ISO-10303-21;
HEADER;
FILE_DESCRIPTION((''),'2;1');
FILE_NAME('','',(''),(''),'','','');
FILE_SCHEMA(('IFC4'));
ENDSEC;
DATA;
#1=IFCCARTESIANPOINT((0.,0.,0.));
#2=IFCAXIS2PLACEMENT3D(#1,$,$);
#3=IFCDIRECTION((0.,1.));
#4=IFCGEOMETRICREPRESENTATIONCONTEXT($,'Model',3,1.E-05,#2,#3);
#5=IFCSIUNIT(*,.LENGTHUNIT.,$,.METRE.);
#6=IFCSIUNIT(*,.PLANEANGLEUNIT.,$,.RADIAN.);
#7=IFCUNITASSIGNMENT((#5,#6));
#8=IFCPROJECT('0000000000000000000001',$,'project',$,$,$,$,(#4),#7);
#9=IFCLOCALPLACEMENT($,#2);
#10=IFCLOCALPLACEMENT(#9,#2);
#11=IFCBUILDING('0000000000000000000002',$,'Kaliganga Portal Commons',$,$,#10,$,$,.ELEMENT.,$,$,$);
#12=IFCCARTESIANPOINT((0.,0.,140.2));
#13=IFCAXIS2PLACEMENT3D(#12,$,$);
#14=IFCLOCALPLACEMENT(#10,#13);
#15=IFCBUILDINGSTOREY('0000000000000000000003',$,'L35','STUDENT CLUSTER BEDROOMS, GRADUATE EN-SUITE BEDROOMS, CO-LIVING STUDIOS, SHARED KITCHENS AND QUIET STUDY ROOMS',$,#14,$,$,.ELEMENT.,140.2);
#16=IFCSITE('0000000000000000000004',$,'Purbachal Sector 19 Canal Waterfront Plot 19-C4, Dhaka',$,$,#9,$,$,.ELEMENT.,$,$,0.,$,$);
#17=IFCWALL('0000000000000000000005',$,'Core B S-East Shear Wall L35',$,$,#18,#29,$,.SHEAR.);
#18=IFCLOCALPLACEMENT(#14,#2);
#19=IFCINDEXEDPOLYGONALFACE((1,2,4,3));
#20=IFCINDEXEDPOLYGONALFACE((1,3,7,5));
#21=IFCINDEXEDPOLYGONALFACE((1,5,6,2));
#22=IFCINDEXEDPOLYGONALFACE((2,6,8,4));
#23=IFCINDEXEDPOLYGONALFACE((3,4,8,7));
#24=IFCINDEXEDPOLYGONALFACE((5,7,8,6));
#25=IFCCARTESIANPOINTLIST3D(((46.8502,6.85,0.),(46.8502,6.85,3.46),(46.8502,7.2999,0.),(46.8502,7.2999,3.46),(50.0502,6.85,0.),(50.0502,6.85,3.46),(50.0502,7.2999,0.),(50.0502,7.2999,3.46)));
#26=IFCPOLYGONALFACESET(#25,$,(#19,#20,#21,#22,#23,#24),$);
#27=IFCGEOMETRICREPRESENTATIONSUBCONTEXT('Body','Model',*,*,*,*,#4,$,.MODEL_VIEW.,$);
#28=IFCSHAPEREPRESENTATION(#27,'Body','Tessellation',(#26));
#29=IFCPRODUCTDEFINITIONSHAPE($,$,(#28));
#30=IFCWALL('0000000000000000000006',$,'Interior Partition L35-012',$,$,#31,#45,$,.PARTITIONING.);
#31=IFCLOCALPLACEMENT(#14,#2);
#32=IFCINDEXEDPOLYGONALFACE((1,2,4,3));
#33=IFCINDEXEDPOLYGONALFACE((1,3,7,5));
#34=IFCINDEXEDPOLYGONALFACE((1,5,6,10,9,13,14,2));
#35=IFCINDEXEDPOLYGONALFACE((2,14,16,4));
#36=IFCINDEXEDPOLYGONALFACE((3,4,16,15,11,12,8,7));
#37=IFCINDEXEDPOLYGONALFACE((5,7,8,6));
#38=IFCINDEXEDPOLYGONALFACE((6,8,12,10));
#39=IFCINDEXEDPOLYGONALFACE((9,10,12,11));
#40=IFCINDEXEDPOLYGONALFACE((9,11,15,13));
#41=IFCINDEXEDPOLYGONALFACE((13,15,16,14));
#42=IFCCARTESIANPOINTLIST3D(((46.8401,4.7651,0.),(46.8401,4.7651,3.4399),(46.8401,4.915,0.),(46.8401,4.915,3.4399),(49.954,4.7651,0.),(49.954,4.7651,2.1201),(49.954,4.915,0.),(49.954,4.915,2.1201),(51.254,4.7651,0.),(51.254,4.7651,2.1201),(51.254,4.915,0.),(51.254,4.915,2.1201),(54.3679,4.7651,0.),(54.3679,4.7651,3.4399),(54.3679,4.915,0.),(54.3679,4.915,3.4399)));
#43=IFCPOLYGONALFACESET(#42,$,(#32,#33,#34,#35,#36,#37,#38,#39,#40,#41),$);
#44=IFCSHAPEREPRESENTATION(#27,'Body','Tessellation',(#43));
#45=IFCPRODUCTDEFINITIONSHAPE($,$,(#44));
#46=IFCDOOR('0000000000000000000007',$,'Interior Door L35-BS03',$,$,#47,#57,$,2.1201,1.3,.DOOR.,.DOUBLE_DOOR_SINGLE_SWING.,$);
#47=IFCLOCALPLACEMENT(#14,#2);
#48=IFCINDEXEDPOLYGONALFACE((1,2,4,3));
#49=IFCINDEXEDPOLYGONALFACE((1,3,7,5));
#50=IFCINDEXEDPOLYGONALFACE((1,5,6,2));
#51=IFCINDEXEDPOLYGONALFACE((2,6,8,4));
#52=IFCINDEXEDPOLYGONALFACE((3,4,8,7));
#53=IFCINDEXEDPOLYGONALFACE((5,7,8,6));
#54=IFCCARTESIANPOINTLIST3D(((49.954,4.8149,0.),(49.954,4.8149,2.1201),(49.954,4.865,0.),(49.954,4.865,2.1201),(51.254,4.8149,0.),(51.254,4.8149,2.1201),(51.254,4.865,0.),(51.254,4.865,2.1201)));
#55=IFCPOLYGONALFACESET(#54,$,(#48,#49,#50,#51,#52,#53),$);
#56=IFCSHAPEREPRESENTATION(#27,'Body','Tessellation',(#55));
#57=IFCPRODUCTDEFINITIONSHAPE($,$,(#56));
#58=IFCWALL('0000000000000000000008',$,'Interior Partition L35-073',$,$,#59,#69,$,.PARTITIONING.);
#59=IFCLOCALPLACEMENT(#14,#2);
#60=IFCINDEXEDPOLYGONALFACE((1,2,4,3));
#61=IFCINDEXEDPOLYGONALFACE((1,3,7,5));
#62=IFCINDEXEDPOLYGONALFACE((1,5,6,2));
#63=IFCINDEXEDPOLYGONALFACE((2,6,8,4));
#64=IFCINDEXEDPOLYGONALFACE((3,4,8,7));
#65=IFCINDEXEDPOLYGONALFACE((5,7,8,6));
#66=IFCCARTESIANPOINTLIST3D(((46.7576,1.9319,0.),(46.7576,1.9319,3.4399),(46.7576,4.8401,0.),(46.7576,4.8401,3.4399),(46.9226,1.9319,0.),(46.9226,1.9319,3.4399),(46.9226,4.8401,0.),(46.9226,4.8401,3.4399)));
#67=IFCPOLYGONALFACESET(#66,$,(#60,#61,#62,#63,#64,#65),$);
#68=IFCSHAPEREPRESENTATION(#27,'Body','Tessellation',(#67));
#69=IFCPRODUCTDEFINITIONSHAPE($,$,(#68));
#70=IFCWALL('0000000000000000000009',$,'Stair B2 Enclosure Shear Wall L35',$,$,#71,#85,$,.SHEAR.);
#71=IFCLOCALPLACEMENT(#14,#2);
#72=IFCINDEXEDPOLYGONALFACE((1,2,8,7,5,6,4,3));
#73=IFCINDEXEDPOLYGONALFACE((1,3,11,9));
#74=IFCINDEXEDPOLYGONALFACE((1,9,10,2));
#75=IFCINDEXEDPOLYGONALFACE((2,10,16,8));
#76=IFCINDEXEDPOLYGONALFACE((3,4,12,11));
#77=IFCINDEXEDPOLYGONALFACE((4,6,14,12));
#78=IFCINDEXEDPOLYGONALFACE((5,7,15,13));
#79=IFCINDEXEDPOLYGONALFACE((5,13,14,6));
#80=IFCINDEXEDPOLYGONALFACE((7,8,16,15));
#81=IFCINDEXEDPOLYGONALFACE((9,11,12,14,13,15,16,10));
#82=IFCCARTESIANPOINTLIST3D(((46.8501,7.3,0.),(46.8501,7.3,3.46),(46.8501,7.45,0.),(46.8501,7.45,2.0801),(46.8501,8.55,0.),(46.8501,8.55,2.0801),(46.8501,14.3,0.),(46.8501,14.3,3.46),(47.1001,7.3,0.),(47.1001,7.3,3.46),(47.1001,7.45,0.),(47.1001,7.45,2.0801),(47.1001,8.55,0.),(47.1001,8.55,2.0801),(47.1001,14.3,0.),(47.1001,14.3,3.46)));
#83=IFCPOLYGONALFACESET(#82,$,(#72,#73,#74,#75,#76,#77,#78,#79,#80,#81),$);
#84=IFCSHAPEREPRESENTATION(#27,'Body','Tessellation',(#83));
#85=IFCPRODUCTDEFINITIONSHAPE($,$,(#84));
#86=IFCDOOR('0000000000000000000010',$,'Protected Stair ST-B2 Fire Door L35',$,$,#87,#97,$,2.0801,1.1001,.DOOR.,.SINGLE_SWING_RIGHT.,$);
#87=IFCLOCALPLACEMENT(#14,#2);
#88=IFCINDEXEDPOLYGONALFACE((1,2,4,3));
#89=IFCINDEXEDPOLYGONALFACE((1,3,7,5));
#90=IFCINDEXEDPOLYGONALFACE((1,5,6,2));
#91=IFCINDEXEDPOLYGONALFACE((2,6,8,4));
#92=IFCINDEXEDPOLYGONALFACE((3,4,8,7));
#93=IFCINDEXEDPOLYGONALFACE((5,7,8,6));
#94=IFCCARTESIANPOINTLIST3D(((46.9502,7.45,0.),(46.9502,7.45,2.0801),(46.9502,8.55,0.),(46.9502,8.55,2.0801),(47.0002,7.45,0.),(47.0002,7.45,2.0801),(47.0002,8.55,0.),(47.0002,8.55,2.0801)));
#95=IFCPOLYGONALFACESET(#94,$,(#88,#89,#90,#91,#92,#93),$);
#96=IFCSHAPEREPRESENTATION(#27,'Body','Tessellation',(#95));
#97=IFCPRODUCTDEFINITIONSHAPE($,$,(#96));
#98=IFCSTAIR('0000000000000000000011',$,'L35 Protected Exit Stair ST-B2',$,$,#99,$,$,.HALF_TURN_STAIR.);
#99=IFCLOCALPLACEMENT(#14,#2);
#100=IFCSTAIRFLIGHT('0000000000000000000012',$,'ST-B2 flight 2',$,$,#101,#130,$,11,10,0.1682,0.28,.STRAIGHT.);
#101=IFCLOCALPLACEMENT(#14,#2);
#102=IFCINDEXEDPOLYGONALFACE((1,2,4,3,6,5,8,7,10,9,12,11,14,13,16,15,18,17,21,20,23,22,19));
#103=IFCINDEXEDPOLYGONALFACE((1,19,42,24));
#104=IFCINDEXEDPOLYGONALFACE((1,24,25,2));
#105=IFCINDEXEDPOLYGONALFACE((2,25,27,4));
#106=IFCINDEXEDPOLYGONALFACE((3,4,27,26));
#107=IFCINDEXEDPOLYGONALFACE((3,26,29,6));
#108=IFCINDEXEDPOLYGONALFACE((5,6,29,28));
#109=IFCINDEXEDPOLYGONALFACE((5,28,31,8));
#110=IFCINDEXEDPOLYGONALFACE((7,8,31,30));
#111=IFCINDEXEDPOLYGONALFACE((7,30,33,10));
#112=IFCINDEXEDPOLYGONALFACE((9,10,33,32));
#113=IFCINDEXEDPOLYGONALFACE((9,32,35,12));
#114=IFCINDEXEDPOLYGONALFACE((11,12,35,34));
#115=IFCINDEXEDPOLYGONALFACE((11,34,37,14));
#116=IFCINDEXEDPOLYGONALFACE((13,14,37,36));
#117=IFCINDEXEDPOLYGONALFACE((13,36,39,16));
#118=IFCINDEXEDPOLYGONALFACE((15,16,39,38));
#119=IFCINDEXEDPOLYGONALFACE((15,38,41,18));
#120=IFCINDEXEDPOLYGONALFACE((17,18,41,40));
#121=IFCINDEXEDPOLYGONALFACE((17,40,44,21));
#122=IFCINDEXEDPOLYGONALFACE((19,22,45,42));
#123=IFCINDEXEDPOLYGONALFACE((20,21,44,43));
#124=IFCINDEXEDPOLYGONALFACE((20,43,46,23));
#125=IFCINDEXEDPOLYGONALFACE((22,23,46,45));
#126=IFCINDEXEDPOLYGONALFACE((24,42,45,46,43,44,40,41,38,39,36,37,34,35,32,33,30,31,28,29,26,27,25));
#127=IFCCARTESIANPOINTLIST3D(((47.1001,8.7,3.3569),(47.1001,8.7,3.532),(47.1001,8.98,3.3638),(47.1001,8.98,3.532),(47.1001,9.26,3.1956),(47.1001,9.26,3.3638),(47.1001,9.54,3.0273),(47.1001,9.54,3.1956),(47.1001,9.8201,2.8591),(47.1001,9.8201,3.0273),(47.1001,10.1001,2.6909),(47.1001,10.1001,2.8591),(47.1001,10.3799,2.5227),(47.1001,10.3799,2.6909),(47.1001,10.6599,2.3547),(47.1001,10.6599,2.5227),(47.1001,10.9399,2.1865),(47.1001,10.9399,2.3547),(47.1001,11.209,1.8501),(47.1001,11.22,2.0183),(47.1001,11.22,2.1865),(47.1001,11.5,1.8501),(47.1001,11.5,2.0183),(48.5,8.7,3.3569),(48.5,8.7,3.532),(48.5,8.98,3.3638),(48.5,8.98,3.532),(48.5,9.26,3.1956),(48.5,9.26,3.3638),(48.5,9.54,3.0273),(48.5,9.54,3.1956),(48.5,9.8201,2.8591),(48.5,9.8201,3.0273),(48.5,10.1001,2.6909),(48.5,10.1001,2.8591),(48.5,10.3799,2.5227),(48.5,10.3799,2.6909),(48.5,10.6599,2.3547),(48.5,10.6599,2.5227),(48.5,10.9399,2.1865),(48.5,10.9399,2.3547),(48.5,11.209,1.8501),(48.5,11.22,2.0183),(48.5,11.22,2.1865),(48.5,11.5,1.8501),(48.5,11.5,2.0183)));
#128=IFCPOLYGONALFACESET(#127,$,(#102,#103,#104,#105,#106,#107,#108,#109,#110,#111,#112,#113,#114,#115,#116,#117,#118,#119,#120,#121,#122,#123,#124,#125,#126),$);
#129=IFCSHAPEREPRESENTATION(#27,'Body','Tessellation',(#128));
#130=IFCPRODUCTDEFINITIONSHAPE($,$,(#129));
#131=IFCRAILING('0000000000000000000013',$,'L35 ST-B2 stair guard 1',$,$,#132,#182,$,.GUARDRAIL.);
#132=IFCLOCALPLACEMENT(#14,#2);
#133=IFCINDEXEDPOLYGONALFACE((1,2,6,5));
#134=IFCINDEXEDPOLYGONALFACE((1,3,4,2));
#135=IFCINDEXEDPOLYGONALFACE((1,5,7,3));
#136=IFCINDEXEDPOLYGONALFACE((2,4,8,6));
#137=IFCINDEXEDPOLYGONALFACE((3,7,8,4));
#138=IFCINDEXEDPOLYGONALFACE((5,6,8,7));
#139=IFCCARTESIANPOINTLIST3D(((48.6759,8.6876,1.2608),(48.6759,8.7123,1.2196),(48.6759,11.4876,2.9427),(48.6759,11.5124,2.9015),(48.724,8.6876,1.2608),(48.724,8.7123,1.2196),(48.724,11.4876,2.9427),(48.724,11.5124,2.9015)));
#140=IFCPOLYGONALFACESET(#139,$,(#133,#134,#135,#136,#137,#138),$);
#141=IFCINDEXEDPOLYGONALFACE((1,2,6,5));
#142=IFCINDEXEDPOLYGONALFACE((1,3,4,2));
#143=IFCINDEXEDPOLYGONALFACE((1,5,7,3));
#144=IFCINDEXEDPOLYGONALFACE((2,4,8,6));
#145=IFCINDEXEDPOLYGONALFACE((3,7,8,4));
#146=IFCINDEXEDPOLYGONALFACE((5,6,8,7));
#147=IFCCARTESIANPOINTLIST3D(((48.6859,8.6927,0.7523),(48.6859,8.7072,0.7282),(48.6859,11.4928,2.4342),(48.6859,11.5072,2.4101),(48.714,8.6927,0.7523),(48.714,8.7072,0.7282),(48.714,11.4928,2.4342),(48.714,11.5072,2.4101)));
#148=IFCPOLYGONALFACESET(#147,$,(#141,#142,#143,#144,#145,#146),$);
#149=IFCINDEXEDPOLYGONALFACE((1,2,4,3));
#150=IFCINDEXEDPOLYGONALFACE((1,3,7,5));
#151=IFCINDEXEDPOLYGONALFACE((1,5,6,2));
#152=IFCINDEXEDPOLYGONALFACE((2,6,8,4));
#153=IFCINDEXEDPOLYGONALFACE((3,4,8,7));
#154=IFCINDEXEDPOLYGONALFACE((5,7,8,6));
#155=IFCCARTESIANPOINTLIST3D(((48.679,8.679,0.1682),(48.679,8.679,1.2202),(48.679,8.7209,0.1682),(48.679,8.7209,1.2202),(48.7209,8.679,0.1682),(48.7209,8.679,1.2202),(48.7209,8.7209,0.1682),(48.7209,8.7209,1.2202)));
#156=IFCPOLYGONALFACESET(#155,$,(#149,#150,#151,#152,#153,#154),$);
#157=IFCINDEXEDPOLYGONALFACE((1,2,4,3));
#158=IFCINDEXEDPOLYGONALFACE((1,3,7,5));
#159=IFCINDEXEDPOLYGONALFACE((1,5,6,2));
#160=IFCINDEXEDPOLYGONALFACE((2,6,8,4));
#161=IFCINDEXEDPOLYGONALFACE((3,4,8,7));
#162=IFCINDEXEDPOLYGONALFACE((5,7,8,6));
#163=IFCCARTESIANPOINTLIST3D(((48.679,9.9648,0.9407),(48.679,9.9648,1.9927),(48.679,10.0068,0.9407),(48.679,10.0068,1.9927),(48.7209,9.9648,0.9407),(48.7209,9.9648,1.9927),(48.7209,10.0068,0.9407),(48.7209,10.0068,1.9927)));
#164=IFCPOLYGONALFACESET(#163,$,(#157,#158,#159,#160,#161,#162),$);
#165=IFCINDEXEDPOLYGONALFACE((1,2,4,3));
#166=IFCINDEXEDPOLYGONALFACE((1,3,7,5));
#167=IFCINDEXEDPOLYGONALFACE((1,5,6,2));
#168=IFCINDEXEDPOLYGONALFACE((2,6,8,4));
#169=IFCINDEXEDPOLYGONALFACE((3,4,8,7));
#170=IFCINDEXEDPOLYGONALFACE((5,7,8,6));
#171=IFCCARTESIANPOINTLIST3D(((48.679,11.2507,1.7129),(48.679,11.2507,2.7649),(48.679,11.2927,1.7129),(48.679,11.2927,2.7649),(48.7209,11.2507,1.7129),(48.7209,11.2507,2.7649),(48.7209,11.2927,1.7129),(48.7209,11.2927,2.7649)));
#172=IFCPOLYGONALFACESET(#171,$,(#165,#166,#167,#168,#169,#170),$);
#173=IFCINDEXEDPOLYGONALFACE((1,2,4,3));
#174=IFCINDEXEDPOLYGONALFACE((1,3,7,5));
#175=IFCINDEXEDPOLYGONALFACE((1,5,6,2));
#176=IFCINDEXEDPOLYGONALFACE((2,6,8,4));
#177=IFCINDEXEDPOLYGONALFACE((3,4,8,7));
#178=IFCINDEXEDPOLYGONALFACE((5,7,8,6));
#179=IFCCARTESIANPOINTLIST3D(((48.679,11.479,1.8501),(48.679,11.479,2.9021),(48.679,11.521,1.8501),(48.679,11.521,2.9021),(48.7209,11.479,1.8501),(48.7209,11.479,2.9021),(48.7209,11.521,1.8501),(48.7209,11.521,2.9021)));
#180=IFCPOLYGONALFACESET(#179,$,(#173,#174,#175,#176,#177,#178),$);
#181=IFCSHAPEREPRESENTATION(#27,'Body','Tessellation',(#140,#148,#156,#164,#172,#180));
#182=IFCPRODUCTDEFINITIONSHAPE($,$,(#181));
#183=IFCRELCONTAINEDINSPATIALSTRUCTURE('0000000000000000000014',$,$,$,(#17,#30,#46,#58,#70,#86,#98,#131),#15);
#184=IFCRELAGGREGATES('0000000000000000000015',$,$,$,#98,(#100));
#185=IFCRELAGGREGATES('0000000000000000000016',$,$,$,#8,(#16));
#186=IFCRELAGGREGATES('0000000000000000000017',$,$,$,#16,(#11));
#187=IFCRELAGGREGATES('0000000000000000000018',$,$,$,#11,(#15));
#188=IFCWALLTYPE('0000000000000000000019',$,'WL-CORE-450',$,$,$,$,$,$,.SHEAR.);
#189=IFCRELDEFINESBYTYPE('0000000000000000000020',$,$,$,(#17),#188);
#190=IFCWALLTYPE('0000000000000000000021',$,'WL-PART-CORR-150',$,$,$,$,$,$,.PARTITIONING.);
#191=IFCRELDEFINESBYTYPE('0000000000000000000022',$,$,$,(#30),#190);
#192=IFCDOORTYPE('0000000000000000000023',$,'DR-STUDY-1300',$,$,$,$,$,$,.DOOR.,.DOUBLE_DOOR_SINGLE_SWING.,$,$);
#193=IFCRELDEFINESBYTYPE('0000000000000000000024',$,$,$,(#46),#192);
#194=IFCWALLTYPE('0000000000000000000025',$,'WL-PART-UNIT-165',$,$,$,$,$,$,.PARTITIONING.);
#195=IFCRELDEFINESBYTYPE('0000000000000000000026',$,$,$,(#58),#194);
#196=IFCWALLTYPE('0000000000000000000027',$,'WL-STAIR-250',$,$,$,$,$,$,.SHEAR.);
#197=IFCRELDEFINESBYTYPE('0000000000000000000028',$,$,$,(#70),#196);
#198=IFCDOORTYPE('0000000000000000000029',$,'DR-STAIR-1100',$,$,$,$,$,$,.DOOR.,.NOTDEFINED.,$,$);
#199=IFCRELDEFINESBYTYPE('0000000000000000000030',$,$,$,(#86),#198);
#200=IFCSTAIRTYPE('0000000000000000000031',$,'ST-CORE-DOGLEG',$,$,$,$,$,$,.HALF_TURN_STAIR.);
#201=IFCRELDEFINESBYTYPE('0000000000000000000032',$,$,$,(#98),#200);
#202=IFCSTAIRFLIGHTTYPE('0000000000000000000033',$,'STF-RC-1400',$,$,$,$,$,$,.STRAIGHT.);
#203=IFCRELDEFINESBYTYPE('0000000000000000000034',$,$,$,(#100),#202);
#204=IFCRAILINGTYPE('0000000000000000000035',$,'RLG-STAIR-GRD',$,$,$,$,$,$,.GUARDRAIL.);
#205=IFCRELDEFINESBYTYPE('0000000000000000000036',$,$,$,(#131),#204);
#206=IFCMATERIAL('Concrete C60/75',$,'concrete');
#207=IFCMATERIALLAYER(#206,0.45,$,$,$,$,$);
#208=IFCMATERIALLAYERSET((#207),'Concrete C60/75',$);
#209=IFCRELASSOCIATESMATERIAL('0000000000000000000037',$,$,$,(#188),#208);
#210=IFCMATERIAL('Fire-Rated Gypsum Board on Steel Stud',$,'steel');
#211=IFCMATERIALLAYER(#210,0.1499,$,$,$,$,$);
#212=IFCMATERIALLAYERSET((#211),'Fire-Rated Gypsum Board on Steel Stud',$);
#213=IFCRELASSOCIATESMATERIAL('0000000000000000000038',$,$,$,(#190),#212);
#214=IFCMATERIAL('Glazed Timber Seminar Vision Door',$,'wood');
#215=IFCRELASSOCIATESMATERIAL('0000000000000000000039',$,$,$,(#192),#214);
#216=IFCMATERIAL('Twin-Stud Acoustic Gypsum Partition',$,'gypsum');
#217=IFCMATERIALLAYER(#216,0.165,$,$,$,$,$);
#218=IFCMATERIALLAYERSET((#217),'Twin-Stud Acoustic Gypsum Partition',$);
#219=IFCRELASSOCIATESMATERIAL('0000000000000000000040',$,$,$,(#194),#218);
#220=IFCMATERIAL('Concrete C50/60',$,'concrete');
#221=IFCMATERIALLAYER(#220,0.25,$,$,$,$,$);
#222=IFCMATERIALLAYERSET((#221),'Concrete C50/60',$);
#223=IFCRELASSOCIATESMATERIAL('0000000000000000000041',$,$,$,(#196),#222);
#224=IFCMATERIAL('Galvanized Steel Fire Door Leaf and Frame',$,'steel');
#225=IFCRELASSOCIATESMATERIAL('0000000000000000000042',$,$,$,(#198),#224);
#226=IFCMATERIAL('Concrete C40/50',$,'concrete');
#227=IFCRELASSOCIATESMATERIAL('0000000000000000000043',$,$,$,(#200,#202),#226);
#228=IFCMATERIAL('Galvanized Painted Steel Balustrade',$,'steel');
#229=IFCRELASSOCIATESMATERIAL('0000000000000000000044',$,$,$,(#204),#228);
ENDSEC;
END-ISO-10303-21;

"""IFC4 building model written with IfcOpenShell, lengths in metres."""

from ifc_helpers import new_model, si_unit, direction, frame, frame_2d, origin, origin_2d, place, context, subcontext, project, spatial, polyline, rectangle, outline, extrude, material, layer, layer_set, type_object, element, fill, aggregate, save


model = new_model("IFC4")

# Units and contexts
model_context = context("Model", 3, precision=1e-05, world=origin(), true_north=direction((0.0, 1.0)))
body_context = subcontext(model_context, "Body", "Model", "MODEL_VIEW")
ifc_project = project(units=[si_unit("LENGTHUNIT", "METRE"), si_unit("PLANEANGLEUNIT", "RADIAN")], contexts=[model_context])

# Site, building, storey
site_placement = place(None, origin())
site = spatial("IfcSite", under=ifc_project, at=site_placement, Name="Purbachal Sector 19 Canal Waterfront Plot 19-C4, Dhaka", CompositionType="ELEMENT", RefElevation=0.0)
building_placement = place(site_placement, origin())
building = spatial("IfcBuilding", under=site, at=building_placement, Name="Kaliganga Portal Commons", CompositionType="ELEMENT")
storey_placement = place(building_placement, frame((0.0, 0.0, 140.2)))
storey = spatial("IfcBuildingStorey", under=building, at=storey_placement, Name="L35", Description="STUDENT CLUSTER BEDROOMS, GRADUATE EN-SUITE BEDROOMS, CO-LIVING STUDIOS, SHARED KITCHENS AND QUIET STUDY ROOMS", CompositionType="ELEMENT", Elevation=140.2)

# Wall
ifc_material_1 = material(Name="Concrete C60/75", Category="concrete")
ifc_layer_1 = layer(ifc_material_1, 0.45)
ifc_layer_set_1 = layer_set([ifc_layer_1], Name="Concrete C60/75")
wall_type_1 = type_object("IfcWallType", Name="WL-CORE-450", PredefinedType="SHEAR", material=ifc_layer_set_1)
wall_1_placement = place(storey_placement, frame((46.8501, 7.075, 0.0), z_axis=(0.0, 0.0, 1.0), x_axis=(1.0, 0.0, 0.0)))
element("IfcWall", 1, at=wall_1_placement, inside=storey, type_object=wall_type_1, Name="Core B S-East Shear Wall L35", PredefinedType="SHEAR", context=body_context, shape_type="SweptSolid", body=[
    extrude(rectangle(XDim=3.2, YDim=0.45, at=frame_2d((1.6001, 0.0))), origin(), (0.0, 0.0, 1.0), 3.46),
])

# Wall, opening, door
ifc_material_2 = material(Name="Fire-Rated Gypsum Board on Steel Stud", Category="steel")
ifc_layer_2 = layer(ifc_material_2, 0.1499)
ifc_layer_set_2 = layer_set([ifc_layer_2], Name="Fire-Rated Gypsum Board on Steel Stud")
wall_type_2 = type_object("IfcWallType", Name="WL-PART-CORR-150", PredefinedType="PARTITIONING", material=ifc_layer_set_2)
wall_2_placement = place(storey_placement, frame((46.8401, 4.8401, 0.0), z_axis=(0.0, 0.0, 1.0), x_axis=(1.0, 0.0, 0.0)))
wall_2 = element("IfcWall", 2, at=wall_2_placement, inside=storey, type_object=wall_type_2, Name="Interior Partition L35-012", PredefinedType="PARTITIONING", context=body_context, shape_type="SweptSolid", body=[
    extrude(rectangle(XDim=7.5278, YDim=0.1499, at=frame_2d((3.7639, 0.0))), origin(), (0.0, 0.0, 1.0), 3.4399),
])
opening_1_placement = place(wall_2_placement, frame((3.114, 0.0, 0.0)))
opening_1 = element("IfcOpeningElement", 3, at=opening_1_placement, cuts=wall_2, PredefinedType="OPENING", context=body_context, shape_type="SweptSolid", body=[
    extrude(rectangle(XDim=1.3, YDim=2.1201, at=frame_2d((0.6499, 1.0601))), frame((0.0, 0.085, 0.0), z_axis=(0.0, -1.0, 0.0), x_axis=(1.0, 0.0, 0.0)), (0.0, 0.0, 1.0), 0.1699),
])
ifc_material_3 = material(Name="Glazed Timber Seminar Vision Door", Category="wood")
door_type_1 = type_object("IfcDoorType", Name="DR-STUDY-1300", OperationType="DOUBLE_DOOR_SINGLE_SWING", PredefinedType="DOOR", material=ifc_material_3)
door_1_placement = place(opening_1_placement, origin())
door_1 = element("IfcDoor", 4, at=door_1_placement, inside=storey, type_object=door_type_1, Name="Interior Door L35-BS03", OperationType="DOUBLE_DOOR_SINGLE_SWING", OverallHeight=2.1201, OverallWidth=1.3, PredefinedType="DOOR", context=body_context, shape_type="SweptSolid", body=[
    extrude(rectangle(XDim=1.3, YDim=2.1201, at=frame_2d((0.6499, 1.0601))), frame((0.0, 0.0249, 0.0), z_axis=(0.0, -1.0, 0.0), x_axis=(1.0, 0.0, 0.0)), (0.0, 0.0, 1.0), 0.05),
])
fill(opening_1, door_1)

# Wall
ifc_material_4 = material(Name="Twin-Stud Acoustic Gypsum Partition", Category="gypsum")
ifc_layer_3 = layer(ifc_material_4, 0.165)
ifc_layer_set_3 = layer_set([ifc_layer_3], Name="Twin-Stud Acoustic Gypsum Partition")
wall_type_3 = type_object("IfcWallType", Name="WL-PART-UNIT-165", PredefinedType="PARTITIONING", material=ifc_layer_set_3)
wall_3_placement = place(storey_placement, frame((46.8401, 1.9319, 0.0), z_axis=(0.0, 0.0, 1.0), x_axis=(0.0, 1.0, 0.0)))
element("IfcWall", 5, at=wall_3_placement, inside=storey, type_object=wall_type_3, Name="Interior Partition L35-073", PredefinedType="PARTITIONING", context=body_context, shape_type="SweptSolid", body=[
    extrude(rectangle(XDim=2.9082, YDim=0.165, at=frame_2d((1.4541, 0.0))), origin(), (0.0, 0.0, 1.0), 3.4399),
])

# Wall, opening, door
ifc_material_5 = material(Name="Concrete C50/60", Category="concrete")
ifc_layer_4 = layer(ifc_material_5, 0.25)
ifc_layer_set_4 = layer_set([ifc_layer_4], Name="Concrete C50/60")
wall_type_4 = type_object("IfcWallType", Name="WL-STAIR-250", PredefinedType="SHEAR", material=ifc_layer_set_4)
wall_4_placement = place(storey_placement, frame((46.9751, 7.3, 0.0), z_axis=(0.0, 0.0, 1.0), x_axis=(0.0, 1.0, 0.0)))
wall_4 = element("IfcWall", 6, at=wall_4_placement, inside=storey, type_object=wall_type_4, Name="Stair B2 Enclosure Shear Wall L35", PredefinedType="SHEAR", context=body_context, shape_type="SweptSolid", body=[
    extrude(rectangle(XDim=7.0, YDim=0.25, at=frame_2d((3.5, 0.0))), origin(), (0.0, 0.0, 1.0), 3.46),
])
opening_2_placement = place(wall_4_placement, frame((0.1499, 0.0, 0.0)))
opening_2 = element("IfcOpeningElement", 7, at=opening_2_placement, cuts=wall_4, PredefinedType="OPENING", context=body_context, shape_type="SweptSolid", body=[
    extrude(rectangle(XDim=1.1001, YDim=2.0801, at=frame_2d((0.55, 1.04))), frame((0.0, 0.135, 0.0), z_axis=(0.0, -1.0, 0.0), x_axis=(1.0, 0.0, 0.0)), (0.0, 0.0, 1.0), 0.27),
])
ifc_material_6 = material(Name="Galvanized Steel Fire Door Leaf and Frame", Category="steel")
door_type_2 = type_object("IfcDoorType", Name="DR-STAIR-1100", OperationType="NOTDEFINED", PredefinedType="DOOR", material=ifc_material_6)
door_2_placement = place(opening_2_placement, origin())
door_2 = element("IfcDoor", 8, at=door_2_placement, inside=storey, type_object=door_type_2, Name="Protected Stair ST-B2 Fire Door L35", OperationType="SINGLE_SWING_RIGHT", OverallHeight=2.0801, OverallWidth=1.1001, PredefinedType="DOOR", context=body_context, shape_type="SweptSolid", body=[
    extrude(rectangle(XDim=1.1001, YDim=2.0801, at=frame_2d((0.55, 1.04))), frame((0.0, 0.0249, 0.0), z_axis=(0.0, -1.0, 0.0), x_axis=(1.0, 0.0, 0.0)), (0.0, 0.0, 1.0), 0.05),
])
fill(opening_2, door_2)

# Stair, stair flight
ifc_material_7 = material(Name="Concrete C40/50", Category="concrete")
stair_type = type_object("IfcStairType", Name="ST-CORE-DOGLEG", PredefinedType="HALF_TURN_STAIR", material=ifc_material_7)
stair_placement = place(storey_placement, origin())
stair = element("IfcStair", 9, at=stair_placement, inside=storey, type_object=stair_type, Name="L35 Protected Exit Stair ST-B2", PredefinedType="HALF_TURN_STAIR")
stair_flight_type = type_object("IfcStairFlightType", Name="STF-RC-1400", PredefinedType="STRAIGHT", material=ifc_material_7)
stair_flight_placement = place(storey_placement, frame((47.8, 11.5, 1.8501), z_axis=(0.0, 0.0, 1.0), x_axis=(0.0, -1.0, 0.0)))
stair_flight = element("IfcStairFlight", 10, at=stair_flight_placement, type_object=stair_flight_type, Name="ST-B2 flight 2", NumberOfRisers=11, NumberOfTreads=10, PredefinedType="STRAIGHT", RiserHeight=0.1682, TreadLength=0.28, context=body_context, shape_type="SweptSolid", body=[
    extrude(outline(polyline([(0.0, 0.0), (0.0, 0.1682), (0.28, 0.1682), (0.28, 0.3364), (0.5601, 0.3364), (0.5601, 0.5046), (0.8401, 0.5046), (0.8401, 0.6726), (1.1201, 0.6726), (1.1201, 0.8408), (1.3999, 0.8408), (1.3999, 1.009), (1.6799, 1.009), (1.6799, 1.1772), (1.96, 1.1772), (1.96, 1.3455), (2.24, 1.3455), (2.24, 1.5137), (2.52, 1.5137), (2.52, 1.6819), (2.8, 1.6819), (2.8, 1.8501), (2.8, 1.5068), (0.291, 0.0), (0.0, 0.0)])), frame((0.0, 0.7, 0.0), z_axis=(0.0, -1.0, 0.0), x_axis=(1.0, 0.0, 0.0)), (0.0, 0.0, 1.0), 1.3999),
])
aggregate(stair, [stair_flight])

# Railing
ifc_material_8 = material(Name="Galvanized Painted Steel Balustrade", Category="steel")
railing_type_1 = type_object("IfcRailingType", Name="RLG-STAIR-GRD", PredefinedType="GUARDRAIL", material=ifc_material_8)
railing_1_placement = place(storey_placement, frame((48.7, 8.7, 0.1682)))
element("IfcRailing", 11, at=railing_1_placement, inside=storey, type_object=railing_type_1, Name="L35 ST-B2 stair guard 1", PredefinedType="GUARDRAIL", context=body_context, shape_type="SweptSolid", body=[
    extrude(rectangle(XDim=0.0481, YDim=0.0481, at=origin_2d()), frame((0.0, 0.0, 1.072), z_axis=(0.0, 0.857242, 0.514913), x_axis=(-1.0, 0.0, 0.0)), (0.0, 0.0, 1.0), 3.2664),
    extrude(rectangle(XDim=0.0281, YDim=0.0281, at=origin_2d()), frame((0.0, 0.0, 0.572), z_axis=(0.0, 0.857242, 0.514913), x_axis=(-1.0, 0.0, 0.0)), (0.0, 0.0, 1.0), 3.2664),
    extrude(rectangle(XDim=0.042, YDim=0.042, at=origin_2d()), origin(), (0.0, 0.0, 1.0), 1.052),
    extrude(rectangle(XDim=0.042, YDim=0.042, at=origin_2d()), frame((0.0, 1.2859, 0.7725)), (0.0, 0.0, 1.0), 1.052),
    extrude(rectangle(XDim=0.042, YDim=0.042, at=origin_2d()), frame((0.0, 2.5718, 1.5447)), (0.0, 0.0, 1.0), 1.052),
    extrude(rectangle(XDim=0.042, YDim=0.042, at=origin_2d()), frame((0.0, 2.8, 1.6819)), (0.0, 0.0, 1.0), 1.052),
])

save(model, "model.ifc")
